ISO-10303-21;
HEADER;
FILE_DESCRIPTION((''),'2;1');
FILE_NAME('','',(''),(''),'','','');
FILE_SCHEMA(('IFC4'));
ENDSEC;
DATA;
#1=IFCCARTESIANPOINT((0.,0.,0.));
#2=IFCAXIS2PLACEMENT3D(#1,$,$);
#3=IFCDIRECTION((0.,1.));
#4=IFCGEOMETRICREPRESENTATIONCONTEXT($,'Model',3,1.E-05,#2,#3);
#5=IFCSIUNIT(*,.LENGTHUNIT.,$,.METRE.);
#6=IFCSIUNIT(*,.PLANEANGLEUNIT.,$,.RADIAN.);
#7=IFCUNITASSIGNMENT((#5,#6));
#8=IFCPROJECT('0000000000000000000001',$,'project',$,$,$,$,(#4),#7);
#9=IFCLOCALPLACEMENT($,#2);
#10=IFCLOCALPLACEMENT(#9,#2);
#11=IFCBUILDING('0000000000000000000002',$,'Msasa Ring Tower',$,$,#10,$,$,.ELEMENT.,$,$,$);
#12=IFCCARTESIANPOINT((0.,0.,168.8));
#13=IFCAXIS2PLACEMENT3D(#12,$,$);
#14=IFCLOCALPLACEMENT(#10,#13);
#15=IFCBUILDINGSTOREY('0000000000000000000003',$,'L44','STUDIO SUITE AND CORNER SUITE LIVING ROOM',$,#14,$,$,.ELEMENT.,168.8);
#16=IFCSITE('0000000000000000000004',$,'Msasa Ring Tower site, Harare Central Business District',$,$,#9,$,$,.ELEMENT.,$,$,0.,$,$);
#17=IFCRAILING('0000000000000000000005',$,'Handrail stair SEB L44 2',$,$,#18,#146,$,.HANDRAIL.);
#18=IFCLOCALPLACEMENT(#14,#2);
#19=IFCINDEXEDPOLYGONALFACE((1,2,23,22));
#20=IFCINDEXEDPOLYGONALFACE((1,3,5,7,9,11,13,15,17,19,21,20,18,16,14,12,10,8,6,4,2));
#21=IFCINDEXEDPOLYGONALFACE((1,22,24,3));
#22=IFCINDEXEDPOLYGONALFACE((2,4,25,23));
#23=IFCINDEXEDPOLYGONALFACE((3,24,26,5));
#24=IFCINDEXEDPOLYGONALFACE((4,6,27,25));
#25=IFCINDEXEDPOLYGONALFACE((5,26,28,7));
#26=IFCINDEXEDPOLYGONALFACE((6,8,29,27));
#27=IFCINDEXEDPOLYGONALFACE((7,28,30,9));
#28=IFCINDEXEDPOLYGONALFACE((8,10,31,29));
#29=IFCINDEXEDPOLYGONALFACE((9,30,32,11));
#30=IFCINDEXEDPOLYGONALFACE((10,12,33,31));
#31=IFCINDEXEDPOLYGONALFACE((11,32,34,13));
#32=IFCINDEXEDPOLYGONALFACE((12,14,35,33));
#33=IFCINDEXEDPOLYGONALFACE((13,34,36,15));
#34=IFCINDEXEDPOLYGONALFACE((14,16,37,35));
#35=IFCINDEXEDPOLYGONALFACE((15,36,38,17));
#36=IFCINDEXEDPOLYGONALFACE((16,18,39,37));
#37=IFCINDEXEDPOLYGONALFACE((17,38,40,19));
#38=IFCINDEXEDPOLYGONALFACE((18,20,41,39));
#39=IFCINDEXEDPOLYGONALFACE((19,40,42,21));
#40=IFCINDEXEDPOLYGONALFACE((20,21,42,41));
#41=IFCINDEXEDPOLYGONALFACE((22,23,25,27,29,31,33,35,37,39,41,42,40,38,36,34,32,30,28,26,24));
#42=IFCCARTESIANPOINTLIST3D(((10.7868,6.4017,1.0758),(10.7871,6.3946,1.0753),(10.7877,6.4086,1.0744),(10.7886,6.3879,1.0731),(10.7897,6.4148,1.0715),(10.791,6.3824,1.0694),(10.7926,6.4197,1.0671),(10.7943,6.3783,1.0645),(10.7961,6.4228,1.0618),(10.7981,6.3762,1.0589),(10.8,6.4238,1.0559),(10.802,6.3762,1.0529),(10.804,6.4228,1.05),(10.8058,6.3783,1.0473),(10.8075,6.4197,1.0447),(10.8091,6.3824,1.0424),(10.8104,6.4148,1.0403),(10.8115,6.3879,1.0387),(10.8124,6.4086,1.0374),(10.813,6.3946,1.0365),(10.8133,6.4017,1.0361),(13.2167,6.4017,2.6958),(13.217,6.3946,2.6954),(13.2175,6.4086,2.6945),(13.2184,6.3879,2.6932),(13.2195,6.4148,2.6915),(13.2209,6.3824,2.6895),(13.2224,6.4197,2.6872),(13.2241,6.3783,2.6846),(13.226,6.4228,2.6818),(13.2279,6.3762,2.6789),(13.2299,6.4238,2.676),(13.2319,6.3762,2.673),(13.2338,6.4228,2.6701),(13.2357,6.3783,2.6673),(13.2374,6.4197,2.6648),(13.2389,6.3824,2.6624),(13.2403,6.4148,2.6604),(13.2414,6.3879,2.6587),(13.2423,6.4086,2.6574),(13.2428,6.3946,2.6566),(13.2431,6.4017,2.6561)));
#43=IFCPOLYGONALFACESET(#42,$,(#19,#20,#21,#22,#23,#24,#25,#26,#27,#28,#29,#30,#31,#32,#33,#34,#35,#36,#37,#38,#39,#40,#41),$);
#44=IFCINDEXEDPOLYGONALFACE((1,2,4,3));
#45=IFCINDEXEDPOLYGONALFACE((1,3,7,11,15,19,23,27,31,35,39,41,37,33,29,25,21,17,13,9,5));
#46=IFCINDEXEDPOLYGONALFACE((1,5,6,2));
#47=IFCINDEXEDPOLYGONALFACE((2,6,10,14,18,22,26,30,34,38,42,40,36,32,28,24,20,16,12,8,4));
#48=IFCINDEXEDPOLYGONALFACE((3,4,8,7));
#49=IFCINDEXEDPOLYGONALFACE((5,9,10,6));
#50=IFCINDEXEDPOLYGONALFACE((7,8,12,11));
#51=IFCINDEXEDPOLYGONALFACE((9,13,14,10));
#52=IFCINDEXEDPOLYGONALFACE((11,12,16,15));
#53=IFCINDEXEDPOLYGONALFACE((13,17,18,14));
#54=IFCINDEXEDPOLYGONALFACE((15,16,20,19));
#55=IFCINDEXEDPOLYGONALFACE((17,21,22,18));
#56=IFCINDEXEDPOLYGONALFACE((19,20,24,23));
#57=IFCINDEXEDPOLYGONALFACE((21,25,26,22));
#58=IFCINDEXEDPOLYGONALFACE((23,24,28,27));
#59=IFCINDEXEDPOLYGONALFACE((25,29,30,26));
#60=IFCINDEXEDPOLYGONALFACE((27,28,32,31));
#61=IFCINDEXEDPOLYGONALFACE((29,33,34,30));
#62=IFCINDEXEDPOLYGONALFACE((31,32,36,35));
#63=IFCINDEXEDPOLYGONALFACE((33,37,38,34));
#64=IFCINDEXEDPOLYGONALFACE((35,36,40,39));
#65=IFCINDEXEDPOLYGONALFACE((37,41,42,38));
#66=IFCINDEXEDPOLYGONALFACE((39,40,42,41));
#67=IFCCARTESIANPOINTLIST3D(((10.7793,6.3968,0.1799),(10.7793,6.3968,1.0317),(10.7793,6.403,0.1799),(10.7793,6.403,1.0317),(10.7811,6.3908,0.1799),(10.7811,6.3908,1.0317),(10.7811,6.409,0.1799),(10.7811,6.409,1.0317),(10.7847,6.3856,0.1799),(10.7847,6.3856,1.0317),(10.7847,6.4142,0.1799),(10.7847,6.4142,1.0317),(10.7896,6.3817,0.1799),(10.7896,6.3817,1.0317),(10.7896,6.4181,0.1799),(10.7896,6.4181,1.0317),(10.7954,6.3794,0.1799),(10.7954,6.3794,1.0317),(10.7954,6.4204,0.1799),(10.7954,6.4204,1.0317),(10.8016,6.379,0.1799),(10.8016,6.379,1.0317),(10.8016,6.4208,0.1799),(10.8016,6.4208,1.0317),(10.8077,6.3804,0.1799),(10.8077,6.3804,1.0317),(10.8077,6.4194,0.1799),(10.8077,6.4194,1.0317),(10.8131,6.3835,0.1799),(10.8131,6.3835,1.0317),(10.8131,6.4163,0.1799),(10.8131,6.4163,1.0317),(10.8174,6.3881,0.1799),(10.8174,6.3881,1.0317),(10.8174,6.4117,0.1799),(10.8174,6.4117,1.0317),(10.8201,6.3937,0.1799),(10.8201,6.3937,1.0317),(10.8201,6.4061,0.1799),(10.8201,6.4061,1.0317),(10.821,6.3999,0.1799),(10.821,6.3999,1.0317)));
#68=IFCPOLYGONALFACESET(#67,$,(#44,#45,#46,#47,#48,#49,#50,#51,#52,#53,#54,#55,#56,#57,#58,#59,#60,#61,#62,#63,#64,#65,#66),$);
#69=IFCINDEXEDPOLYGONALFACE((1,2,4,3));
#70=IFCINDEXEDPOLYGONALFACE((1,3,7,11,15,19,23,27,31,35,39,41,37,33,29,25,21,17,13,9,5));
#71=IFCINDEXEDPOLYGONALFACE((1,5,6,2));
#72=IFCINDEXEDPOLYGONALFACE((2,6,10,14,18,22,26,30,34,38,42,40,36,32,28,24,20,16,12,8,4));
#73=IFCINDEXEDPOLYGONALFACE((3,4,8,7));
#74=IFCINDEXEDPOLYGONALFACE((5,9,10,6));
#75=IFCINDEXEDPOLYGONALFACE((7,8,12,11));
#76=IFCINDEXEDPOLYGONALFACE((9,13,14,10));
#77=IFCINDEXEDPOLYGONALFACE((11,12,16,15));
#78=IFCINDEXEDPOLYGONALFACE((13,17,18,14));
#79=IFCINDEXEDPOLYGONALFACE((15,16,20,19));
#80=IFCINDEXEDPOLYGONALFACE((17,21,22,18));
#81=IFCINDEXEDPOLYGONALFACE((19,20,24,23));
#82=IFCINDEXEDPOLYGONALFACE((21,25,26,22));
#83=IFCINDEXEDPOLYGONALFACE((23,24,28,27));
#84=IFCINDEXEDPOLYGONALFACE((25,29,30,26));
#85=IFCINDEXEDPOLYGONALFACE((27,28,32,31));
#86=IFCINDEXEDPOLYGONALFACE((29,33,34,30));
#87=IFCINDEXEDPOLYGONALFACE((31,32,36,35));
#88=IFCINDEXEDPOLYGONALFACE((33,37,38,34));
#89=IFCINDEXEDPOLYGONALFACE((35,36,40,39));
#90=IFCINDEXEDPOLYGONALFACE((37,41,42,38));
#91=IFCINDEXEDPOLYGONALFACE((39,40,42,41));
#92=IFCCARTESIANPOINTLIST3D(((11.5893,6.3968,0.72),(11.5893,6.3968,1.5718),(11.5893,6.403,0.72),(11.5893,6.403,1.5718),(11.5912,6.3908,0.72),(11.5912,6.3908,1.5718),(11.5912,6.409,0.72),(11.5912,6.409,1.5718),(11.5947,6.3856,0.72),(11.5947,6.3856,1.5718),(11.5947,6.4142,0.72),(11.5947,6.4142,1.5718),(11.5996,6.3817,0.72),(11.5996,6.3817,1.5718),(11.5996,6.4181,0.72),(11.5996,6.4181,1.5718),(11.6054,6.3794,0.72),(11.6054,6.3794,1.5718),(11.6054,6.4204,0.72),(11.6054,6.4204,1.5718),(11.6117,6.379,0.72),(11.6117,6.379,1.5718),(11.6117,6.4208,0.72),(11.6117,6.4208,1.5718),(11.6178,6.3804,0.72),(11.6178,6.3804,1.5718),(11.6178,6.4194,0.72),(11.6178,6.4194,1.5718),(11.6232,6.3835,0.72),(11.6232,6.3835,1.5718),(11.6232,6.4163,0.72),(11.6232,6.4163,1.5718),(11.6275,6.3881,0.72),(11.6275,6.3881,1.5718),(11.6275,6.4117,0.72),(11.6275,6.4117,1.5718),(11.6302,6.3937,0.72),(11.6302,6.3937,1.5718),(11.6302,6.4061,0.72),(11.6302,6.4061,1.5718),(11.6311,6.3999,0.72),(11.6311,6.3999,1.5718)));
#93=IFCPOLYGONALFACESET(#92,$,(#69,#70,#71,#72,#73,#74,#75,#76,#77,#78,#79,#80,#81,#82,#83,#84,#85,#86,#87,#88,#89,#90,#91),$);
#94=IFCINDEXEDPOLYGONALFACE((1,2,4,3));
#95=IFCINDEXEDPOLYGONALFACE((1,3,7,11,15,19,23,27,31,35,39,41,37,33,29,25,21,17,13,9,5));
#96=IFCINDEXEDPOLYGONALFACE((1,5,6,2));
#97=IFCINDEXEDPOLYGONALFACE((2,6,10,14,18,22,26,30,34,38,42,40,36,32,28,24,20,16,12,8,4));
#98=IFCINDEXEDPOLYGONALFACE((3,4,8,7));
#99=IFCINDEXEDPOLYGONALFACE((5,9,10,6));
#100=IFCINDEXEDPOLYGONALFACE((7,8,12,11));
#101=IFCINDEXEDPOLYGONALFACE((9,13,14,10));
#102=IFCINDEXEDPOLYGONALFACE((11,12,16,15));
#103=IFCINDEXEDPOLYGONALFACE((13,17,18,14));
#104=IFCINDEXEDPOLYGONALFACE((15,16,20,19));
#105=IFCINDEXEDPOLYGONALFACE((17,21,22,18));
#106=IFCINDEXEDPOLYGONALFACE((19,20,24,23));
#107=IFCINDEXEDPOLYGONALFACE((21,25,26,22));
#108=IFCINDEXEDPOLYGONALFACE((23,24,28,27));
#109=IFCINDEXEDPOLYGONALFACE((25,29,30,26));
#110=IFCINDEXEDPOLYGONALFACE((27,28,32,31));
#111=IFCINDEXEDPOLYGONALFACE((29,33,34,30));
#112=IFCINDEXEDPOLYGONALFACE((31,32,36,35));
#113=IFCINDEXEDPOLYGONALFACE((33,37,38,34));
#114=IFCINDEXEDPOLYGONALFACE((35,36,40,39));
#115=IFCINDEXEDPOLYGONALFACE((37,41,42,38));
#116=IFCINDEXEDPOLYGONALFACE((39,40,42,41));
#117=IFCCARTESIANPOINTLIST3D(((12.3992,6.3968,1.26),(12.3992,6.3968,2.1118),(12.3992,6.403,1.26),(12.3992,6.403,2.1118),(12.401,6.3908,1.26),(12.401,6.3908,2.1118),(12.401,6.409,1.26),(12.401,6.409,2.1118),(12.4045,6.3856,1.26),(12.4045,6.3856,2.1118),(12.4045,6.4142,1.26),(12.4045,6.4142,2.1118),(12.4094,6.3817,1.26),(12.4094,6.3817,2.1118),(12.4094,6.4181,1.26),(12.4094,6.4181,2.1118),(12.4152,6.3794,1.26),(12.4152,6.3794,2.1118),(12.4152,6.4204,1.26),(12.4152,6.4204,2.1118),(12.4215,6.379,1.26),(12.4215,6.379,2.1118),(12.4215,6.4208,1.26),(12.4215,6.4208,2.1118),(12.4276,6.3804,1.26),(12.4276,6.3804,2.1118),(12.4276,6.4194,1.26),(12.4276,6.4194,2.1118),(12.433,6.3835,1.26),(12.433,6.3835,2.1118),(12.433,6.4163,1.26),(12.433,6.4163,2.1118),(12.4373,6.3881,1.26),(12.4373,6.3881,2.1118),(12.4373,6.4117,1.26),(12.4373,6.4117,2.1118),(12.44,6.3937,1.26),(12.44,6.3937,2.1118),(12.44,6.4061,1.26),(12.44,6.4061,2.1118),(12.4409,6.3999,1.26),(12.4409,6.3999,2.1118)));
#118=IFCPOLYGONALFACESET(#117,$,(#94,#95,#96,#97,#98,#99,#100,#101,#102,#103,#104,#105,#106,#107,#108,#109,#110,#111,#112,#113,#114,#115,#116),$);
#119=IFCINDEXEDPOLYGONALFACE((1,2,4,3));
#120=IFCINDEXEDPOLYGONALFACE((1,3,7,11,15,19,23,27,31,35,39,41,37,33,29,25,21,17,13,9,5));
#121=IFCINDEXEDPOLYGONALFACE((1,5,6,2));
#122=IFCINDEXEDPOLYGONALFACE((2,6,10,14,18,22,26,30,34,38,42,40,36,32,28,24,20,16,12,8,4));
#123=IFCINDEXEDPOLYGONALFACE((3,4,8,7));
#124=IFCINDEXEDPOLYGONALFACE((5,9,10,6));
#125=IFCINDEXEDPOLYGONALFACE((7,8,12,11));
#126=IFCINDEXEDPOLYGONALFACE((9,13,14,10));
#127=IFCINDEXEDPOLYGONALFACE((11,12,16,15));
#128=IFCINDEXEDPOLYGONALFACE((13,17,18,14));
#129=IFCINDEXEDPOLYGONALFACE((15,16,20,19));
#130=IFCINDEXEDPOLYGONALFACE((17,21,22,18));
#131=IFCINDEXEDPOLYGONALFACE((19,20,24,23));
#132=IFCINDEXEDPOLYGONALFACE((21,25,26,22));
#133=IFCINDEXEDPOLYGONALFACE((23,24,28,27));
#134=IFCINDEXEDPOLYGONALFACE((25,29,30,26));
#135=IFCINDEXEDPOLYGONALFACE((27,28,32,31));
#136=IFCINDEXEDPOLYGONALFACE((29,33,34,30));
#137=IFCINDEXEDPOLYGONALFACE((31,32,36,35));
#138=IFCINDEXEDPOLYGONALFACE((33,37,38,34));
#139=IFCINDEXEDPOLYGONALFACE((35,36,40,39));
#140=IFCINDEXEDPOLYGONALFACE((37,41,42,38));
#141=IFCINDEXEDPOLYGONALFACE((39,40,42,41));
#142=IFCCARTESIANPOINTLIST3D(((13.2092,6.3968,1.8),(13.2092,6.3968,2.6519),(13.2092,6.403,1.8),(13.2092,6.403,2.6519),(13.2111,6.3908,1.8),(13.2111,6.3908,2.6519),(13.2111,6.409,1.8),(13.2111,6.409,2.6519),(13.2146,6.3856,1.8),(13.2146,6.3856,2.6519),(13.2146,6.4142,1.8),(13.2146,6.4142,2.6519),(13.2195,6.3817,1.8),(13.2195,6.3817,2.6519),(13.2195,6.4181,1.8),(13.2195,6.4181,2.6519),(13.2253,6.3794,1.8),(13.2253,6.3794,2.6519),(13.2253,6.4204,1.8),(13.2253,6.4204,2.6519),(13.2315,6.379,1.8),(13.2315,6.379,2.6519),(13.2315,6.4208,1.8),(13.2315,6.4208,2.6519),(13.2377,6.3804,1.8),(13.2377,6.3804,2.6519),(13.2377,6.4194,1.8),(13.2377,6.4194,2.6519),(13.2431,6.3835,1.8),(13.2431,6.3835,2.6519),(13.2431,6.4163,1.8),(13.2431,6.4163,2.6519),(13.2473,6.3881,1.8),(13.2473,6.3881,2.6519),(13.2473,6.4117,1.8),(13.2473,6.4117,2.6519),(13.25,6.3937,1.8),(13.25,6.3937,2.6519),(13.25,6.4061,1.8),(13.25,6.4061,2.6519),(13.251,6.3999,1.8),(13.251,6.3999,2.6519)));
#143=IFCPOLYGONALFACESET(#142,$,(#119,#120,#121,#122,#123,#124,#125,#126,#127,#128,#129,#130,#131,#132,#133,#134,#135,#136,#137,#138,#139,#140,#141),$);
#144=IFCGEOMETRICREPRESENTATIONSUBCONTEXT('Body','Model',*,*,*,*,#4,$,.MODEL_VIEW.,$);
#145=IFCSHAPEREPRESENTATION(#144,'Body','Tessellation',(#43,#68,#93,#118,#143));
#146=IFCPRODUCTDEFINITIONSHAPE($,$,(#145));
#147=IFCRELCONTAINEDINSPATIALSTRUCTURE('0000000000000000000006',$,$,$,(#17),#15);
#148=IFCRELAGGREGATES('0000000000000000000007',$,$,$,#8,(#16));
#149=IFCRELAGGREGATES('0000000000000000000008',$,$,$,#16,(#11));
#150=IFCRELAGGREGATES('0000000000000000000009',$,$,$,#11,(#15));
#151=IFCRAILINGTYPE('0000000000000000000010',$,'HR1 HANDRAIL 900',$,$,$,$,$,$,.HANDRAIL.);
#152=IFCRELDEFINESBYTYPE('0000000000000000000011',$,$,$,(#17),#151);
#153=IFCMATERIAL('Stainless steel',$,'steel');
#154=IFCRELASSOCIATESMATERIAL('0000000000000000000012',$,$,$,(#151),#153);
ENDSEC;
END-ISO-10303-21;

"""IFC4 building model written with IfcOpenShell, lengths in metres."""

from ifc_helpers import new_model, si_unit, direction, frame, origin, origin_2d, place, context, subcontext, project, spatial, circle, extrude, material, type_object, element, save


model = new_model("IFC4")

# Units and contexts
model_context = context("Model", 3, precision=1e-05, world=origin(), true_north=direction((0.0, 1.0)))
body_context = subcontext(model_context, "Body", "Model", "MODEL_VIEW")
ifc_project = project(units=[si_unit("LENGTHUNIT", "METRE"), si_unit("PLANEANGLEUNIT", "RADIAN")], contexts=[model_context])

# Site, building, storey
site_placement = place(None, origin())
site = spatial("IfcSite", under=ifc_project, at=site_placement, Name="Msasa Ring Tower site, Harare Central Business District", CompositionType="ELEMENT", RefElevation=0.0)
building_placement = place(site_placement, origin())
building = spatial("IfcBuilding", under=site, at=building_placement, Name="Msasa Ring Tower", CompositionType="ELEMENT")
storey_placement = place(building_placement, frame((0.0, 0.0, 168.8)))
storey = spatial("IfcBuildingStorey", under=building, at=storey_placement, Name="L44", Description="STUDIO SUITE AND CORNER SUITE LIVING ROOM", CompositionType="ELEMENT", Elevation=168.8)

# Railing
ifc_material_1 = material(Name="Stainless steel", Category="steel")
railing_type = type_object("IfcRailingType", Name="HR1 HANDRAIL 900", PredefinedType="HANDRAIL", material=ifc_material_1)
railing_placement = place(storey_placement, frame((10.8, 6.3999, 0.1799)))
element("IfcRailing", 1, at=railing_placement, inside=storey, type_object=railing_type, Name="Handrail stair SEB L44 2", PredefinedType="HANDRAIL", context=body_context, shape_type="SweptSolid", body=[
    extrude(circle(Radius=0.0239, at=origin_2d()), frame((0.0, 0.0, 0.876), z_axis=(0.832025, 0.0, 0.554739), x_axis=(0.0, 1.0, 0.0)), (0.0, 0.0, 1.0), 2.9204),
    extrude(circle(Radius=0.021, at=origin_2d()), origin(), (0.0, 0.0, 1.0), 0.8518),
    extrude(circle(Radius=0.021, at=origin_2d()), frame((0.8101, 0.0, 0.54)), (0.0, 0.0, 1.0), 0.8518),
    extrude(circle(Radius=0.021, at=origin_2d()), frame((1.6199, 0.0, 1.0801)), (0.0, 0.0, 1.0), 0.8518),
    extrude(circle(Radius=0.021, at=origin_2d()), frame((2.4299, 0.0, 1.6201)), (0.0, 0.0, 1.0), 0.8518),
])

save(model, "model.ifc")
